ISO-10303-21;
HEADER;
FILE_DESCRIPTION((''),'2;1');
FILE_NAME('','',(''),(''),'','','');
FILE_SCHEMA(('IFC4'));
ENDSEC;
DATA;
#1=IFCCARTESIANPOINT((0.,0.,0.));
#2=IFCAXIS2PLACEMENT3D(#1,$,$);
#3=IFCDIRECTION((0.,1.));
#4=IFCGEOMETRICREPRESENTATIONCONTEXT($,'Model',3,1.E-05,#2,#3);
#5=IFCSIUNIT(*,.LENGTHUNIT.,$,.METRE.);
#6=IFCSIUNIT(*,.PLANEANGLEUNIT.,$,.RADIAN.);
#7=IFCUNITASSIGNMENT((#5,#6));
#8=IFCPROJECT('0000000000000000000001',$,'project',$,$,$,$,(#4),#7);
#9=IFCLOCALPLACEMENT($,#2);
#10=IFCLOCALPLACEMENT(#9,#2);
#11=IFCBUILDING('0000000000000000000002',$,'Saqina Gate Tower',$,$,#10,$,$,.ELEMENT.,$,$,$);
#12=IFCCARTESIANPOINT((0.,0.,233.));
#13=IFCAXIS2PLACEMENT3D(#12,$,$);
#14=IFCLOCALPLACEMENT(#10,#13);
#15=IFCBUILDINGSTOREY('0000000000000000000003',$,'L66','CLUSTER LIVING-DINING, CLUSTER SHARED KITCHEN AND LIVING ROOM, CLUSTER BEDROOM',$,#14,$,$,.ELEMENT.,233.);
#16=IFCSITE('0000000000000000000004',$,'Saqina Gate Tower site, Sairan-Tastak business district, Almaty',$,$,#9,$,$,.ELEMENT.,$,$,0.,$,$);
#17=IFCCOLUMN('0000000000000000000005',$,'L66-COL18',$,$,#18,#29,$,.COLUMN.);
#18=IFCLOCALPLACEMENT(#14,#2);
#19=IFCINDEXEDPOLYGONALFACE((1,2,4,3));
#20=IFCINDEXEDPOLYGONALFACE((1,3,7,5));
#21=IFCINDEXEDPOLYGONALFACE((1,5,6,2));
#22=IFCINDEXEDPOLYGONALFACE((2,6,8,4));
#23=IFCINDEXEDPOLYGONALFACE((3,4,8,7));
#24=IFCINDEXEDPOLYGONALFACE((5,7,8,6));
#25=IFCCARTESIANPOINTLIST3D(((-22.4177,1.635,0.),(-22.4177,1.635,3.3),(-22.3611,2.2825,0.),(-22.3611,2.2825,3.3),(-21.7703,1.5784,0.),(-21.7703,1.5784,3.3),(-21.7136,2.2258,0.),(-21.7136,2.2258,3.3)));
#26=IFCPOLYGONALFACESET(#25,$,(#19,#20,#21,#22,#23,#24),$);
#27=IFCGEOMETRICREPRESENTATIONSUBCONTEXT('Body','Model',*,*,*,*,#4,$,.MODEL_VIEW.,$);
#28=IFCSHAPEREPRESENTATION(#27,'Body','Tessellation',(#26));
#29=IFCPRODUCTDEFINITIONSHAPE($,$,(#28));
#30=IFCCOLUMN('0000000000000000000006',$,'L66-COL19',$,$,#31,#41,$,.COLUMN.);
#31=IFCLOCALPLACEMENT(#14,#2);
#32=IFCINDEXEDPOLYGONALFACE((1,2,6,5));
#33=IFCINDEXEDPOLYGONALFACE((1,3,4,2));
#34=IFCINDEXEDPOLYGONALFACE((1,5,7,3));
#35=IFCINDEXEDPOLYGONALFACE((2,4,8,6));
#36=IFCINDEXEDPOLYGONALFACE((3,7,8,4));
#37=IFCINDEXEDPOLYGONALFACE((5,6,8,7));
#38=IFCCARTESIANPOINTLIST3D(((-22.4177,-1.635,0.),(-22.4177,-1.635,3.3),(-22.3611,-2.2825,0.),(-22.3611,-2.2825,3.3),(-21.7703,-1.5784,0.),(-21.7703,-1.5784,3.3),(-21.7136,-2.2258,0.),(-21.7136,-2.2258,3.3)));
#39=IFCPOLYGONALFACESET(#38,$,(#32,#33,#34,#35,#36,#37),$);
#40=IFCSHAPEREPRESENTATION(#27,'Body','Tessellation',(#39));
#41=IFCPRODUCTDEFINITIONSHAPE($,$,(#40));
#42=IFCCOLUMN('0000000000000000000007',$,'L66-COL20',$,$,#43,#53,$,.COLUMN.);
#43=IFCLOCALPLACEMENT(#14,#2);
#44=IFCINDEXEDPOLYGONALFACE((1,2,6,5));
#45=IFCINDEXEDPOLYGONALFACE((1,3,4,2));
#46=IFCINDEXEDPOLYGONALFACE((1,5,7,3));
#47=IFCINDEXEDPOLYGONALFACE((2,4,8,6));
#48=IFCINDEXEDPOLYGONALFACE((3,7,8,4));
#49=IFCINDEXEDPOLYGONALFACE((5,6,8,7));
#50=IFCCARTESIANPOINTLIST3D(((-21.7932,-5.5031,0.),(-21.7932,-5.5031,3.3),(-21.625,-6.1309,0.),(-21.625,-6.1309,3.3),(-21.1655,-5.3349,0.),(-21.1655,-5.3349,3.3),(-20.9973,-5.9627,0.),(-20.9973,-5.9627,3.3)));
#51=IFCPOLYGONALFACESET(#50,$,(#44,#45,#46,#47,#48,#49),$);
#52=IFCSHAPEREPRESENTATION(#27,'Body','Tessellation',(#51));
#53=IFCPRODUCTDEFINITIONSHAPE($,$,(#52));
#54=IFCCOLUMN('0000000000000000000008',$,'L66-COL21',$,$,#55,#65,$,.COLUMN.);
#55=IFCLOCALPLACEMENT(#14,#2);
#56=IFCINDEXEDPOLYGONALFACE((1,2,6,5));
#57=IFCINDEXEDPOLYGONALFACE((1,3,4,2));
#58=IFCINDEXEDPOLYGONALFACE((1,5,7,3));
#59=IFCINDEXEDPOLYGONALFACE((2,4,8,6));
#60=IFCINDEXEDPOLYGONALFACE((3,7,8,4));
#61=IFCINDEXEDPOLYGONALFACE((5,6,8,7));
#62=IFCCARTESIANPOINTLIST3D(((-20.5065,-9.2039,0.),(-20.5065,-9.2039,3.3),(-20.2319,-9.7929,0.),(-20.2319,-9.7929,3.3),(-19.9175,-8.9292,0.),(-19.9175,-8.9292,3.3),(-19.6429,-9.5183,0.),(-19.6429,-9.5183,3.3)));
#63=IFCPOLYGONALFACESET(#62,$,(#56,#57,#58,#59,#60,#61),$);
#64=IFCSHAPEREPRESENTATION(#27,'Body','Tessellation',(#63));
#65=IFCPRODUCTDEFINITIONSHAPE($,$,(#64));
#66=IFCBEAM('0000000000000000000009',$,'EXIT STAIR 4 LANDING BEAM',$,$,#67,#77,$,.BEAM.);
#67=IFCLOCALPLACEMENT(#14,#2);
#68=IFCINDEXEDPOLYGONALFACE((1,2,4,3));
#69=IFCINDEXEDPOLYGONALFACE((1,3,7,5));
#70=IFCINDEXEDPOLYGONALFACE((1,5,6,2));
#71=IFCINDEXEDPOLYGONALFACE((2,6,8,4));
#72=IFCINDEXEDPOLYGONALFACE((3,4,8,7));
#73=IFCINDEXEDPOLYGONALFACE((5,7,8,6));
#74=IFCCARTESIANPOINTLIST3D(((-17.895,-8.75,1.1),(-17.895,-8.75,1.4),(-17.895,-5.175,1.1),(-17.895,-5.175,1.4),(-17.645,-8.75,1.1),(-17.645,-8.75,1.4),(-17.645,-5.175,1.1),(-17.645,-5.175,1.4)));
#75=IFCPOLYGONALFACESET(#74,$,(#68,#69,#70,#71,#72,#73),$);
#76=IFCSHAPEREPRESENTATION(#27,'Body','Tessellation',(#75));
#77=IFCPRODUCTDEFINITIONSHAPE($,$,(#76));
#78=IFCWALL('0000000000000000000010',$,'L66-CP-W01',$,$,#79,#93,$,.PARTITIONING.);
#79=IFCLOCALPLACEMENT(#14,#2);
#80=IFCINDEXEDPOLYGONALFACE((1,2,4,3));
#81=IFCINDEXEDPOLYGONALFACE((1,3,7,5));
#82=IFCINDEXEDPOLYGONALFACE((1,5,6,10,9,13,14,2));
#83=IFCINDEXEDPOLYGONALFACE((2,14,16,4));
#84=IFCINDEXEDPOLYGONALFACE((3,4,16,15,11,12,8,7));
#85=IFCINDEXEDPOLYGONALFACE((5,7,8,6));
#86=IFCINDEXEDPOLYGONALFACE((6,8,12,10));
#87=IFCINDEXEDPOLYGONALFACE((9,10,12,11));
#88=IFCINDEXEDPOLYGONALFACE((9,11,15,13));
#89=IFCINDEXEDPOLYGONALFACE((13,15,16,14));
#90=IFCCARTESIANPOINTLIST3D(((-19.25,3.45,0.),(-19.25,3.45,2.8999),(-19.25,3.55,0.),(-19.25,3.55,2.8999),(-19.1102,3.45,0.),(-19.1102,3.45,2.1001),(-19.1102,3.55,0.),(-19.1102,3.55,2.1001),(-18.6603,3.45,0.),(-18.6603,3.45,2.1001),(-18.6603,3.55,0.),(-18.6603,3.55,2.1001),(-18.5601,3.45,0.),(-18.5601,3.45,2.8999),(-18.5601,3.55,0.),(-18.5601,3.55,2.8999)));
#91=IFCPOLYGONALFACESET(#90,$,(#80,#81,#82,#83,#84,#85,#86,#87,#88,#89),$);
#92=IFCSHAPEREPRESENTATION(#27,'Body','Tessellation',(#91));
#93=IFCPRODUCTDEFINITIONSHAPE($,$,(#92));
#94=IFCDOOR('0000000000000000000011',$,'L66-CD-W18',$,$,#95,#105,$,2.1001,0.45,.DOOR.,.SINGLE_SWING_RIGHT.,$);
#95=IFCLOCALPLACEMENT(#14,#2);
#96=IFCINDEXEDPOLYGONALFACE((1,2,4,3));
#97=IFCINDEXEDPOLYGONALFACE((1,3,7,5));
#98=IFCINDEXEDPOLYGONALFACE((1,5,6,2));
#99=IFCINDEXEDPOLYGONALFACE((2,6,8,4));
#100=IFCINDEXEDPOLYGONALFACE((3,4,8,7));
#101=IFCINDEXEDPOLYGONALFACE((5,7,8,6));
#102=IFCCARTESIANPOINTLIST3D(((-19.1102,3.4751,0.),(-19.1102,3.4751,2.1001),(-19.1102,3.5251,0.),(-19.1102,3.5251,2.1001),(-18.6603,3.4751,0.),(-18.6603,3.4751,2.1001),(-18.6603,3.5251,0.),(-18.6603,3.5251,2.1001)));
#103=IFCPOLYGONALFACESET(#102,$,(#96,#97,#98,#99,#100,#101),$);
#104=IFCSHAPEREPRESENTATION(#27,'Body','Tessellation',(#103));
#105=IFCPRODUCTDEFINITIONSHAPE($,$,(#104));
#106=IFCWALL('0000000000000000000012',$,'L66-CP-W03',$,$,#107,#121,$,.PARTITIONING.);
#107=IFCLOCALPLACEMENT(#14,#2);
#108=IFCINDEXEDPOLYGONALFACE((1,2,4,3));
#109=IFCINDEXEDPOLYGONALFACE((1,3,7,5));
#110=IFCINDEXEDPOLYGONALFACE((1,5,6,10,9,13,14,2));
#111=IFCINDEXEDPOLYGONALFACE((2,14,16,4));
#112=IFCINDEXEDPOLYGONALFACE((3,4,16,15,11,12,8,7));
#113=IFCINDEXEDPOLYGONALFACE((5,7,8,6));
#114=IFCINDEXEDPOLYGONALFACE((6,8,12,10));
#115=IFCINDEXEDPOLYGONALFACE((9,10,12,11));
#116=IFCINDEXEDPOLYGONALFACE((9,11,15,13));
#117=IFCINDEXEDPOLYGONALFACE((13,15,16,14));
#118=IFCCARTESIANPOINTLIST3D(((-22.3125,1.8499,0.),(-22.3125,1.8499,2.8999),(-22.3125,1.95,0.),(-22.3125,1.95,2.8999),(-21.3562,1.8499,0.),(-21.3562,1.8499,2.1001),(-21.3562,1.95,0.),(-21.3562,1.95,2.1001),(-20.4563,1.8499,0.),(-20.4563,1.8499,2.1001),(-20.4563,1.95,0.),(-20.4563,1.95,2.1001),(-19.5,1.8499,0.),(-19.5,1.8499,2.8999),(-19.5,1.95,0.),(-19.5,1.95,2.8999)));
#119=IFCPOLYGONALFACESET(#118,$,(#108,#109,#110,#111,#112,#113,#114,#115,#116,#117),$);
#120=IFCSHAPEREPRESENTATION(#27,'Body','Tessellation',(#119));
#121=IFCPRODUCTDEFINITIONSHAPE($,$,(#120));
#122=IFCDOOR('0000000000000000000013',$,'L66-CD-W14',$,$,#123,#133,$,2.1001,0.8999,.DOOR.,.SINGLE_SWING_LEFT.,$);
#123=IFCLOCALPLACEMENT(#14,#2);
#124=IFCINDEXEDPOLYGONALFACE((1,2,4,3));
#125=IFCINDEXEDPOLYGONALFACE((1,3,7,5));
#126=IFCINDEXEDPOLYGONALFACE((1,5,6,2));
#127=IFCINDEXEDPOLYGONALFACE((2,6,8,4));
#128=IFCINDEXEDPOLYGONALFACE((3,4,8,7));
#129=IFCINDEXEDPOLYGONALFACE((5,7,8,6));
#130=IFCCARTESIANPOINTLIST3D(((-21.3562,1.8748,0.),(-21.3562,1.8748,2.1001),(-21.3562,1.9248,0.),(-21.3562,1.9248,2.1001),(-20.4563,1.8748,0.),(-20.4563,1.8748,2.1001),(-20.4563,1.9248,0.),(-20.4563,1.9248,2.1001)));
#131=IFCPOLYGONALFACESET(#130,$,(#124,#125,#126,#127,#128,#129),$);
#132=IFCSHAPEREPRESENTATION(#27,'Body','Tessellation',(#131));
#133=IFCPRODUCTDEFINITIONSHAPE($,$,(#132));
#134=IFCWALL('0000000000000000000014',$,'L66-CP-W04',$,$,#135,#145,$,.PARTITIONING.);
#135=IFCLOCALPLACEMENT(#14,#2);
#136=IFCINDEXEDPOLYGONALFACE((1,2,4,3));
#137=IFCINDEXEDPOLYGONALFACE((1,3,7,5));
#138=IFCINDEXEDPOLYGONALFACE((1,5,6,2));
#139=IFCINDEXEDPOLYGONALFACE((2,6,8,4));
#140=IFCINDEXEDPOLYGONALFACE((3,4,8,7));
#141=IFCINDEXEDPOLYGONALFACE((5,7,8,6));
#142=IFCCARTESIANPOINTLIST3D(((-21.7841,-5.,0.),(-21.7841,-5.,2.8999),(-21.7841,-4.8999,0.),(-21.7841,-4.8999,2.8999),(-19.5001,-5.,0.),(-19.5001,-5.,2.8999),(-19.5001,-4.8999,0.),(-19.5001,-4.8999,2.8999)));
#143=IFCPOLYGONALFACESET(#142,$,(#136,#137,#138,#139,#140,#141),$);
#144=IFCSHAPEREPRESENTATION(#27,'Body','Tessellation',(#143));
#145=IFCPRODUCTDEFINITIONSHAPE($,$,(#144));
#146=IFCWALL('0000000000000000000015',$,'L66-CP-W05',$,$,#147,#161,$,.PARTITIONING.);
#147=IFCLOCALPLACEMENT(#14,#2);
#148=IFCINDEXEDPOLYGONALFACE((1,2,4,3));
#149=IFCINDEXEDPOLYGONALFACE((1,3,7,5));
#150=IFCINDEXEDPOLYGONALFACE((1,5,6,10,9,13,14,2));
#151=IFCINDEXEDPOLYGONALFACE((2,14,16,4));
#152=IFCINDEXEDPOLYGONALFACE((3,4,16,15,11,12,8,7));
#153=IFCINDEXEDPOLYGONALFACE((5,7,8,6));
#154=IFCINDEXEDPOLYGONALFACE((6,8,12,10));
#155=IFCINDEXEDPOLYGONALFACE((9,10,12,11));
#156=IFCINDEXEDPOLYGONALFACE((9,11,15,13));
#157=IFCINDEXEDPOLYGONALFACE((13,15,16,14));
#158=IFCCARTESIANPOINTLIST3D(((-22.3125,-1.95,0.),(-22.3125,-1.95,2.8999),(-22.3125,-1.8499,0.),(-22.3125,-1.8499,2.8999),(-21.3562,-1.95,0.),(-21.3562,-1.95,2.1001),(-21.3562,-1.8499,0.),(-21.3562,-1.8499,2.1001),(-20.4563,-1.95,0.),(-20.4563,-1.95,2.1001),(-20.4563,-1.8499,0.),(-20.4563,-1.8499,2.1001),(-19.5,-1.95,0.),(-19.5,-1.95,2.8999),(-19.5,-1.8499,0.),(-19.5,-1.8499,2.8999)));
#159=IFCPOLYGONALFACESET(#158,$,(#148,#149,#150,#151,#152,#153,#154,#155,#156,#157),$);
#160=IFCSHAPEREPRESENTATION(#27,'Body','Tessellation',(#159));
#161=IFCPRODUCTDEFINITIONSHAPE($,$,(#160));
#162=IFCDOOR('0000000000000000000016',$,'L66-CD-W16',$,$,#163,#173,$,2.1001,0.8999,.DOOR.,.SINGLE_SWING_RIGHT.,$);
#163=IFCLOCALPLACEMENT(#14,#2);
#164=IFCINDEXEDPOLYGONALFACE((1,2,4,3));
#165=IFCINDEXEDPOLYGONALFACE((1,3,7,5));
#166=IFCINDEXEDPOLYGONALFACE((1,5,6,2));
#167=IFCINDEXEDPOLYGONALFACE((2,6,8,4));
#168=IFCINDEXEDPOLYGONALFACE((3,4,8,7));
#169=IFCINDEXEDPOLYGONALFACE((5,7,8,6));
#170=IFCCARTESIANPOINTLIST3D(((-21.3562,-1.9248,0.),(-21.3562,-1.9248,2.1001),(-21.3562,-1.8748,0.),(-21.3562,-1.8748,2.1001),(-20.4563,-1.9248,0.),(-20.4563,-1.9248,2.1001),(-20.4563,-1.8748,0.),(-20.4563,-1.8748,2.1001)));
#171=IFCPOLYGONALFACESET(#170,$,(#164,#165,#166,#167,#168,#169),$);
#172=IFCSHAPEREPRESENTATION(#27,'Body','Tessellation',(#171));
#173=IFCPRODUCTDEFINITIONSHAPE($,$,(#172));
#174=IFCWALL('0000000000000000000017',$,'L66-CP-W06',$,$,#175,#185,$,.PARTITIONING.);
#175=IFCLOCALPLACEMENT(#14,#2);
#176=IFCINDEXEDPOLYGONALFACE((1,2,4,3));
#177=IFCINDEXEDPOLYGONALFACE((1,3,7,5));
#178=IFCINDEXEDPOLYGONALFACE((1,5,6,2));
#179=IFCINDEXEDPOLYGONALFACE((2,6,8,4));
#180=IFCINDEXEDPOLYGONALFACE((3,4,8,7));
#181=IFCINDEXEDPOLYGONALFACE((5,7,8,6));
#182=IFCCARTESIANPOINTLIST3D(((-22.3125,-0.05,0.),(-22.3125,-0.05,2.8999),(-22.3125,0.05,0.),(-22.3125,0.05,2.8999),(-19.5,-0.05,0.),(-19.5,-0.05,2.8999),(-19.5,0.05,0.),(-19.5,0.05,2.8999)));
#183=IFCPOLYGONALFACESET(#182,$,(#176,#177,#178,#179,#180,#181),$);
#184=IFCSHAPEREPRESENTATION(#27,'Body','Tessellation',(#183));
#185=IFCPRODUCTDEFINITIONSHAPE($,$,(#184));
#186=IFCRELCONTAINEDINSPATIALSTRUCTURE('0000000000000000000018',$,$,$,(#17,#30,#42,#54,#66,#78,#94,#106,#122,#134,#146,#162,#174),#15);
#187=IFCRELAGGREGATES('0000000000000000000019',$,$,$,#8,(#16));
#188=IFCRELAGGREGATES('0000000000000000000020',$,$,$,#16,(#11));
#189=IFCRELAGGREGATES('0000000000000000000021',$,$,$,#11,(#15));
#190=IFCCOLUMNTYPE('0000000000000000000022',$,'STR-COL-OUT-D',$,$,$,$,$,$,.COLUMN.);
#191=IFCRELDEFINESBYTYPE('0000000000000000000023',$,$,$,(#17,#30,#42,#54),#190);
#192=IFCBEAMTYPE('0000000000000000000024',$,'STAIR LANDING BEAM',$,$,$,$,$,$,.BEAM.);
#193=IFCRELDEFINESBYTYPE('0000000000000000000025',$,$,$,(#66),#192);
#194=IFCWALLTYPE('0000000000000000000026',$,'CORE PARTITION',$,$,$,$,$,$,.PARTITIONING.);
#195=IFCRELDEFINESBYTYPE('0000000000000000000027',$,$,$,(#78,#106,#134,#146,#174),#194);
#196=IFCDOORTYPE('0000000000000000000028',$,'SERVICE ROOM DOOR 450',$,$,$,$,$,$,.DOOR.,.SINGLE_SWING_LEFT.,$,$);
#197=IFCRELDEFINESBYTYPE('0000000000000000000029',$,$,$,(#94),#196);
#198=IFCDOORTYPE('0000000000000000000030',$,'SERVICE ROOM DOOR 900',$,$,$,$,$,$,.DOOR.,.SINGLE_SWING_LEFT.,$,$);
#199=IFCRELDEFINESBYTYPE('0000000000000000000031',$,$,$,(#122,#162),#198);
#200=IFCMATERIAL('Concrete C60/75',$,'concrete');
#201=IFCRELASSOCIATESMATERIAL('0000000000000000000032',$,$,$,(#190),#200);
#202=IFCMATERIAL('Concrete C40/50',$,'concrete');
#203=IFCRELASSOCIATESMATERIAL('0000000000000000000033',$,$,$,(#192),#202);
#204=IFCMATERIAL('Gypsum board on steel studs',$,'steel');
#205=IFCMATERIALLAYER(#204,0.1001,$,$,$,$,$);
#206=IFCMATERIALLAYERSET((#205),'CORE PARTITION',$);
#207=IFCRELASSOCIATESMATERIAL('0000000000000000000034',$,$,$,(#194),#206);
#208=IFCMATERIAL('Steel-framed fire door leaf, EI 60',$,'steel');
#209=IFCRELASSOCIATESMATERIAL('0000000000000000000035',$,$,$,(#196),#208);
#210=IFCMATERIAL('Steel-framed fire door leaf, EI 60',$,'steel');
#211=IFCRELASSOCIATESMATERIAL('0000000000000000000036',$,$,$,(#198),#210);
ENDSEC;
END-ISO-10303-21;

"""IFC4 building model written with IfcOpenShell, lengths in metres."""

from ifc_helpers import new_model, si_unit, direction, frame, frame_2d, origin, origin_2d, place, context, subcontext, project, spatial, rectangle, extrude, material, layer, layer_set, material_profile, profile_set, type_object, element, fill, save


model = new_model("IFC4")

# Units and contexts
model_context = context("Model", 3, precision=1e-05, world=origin(), true_north=direction((0.0, 1.0)))
body_context = subcontext(model_context, "Body", "Model", "MODEL_VIEW")
ifc_project = project(units=[si_unit("LENGTHUNIT", "METRE"), si_unit("PLANEANGLEUNIT", "RADIAN")], contexts=[model_context])

# Site, building, storey
site_placement = place(None, origin())
site = spatial("IfcSite", under=ifc_project, at=site_placement, Name="Saqina Gate Tower site, Sairan-Tastak business district, Almaty", CompositionType="ELEMENT", RefElevation=0.0)
building_placement = place(site_placement, origin())
building = spatial("IfcBuilding", under=site, at=building_placement, Name="Saqina Gate Tower", CompositionType="ELEMENT")
storey_placement = place(building_placement, frame((0.0, 0.0, 233.0)))
storey = spatial("IfcBuildingStorey", under=building, at=storey_placement, Name="L66", Description="CLUSTER LIVING-DINING, CLUSTER SHARED KITCHEN AND LIVING ROOM, CLUSTER BEDROOM", CompositionType="ELEMENT", Elevation=233.0)

# Columns
ifc_material_1 = material(Name="Concrete C60/75", Category="concrete")
ifc_material_profile_1 = material_profile(ifc_material_1, rectangle(XDim=0.6499, YDim=0.6499, at=origin_2d()), Name="RC 650x650")
ifc_profile_set_1 = profile_set([ifc_material_profile_1], Name="Concrete C60/75")
column_type = type_object("IfcColumnType", Name="STR-COL-OUT-D", PredefinedType="COLUMN", material=ifc_profile_set_1)
for number, where, z_axis, x_axis, name in (
    (1, (-22.0657, 1.9304, 0.0), (0.0, 0.0, 1.0), (-0.996195, 0.087156, 0.0), "L66-COL18"),
    (2, (-22.0657, -1.9304, 0.0), (0.0, 0.0, 1.0), (-0.996195, -0.087156, 0.0), "L66-COL19"),
    (3, (-21.3953, -5.7329, 0.0), (0.0, 0.0, 1.0), (-0.965926, -0.258819, 0.0), "L66-COL20"),
    (4, (-20.0747, -9.3611, 0.0), (0.0, 0.0, 1.0), (-0.906308, -0.422618, 0.0), "L66-COL21"),
):
    element("IfcColumn", number, at=place(storey_placement, frame(where, z_axis=z_axis, x_axis=x_axis)), inside=storey, type_object=column_type, Name=name, PredefinedType="COLUMN", context=body_context, shape_type="SweptSolid", body=[
        extrude(rectangle(XDim=0.6499, YDim=0.6499, at=origin_2d()), origin(), (0.0, 0.0, 1.0), 3.3),
    ])

# Beam
ifc_material_2 = material(Name="Concrete C40/50", Category="concrete")
ifc_material_profile_2 = material_profile(ifc_material_2, rectangle(XDim=0.25, YDim=0.3, at=origin_2d()), Name="STAIR LANDING BEAM")
ifc_profile_set_2 = profile_set([ifc_material_profile_2], Name="Concrete C40/50")
beam_type = type_object("IfcBeamType", Name="STAIR LANDING BEAM", PredefinedType="BEAM", material=ifc_profile_set_2)
beam_placement = place(storey_placement, frame((-17.77, -8.75, 1.25), z_axis=(0.0, 1.0, 0.0), x_axis=(-1.0, 0.0, 0.0)))
element("IfcBeam", 5, at=beam_placement, inside=storey, type_object=beam_type, Name="EXIT STAIR 4 LANDING BEAM", PredefinedType="BEAM", context=body_context, shape_type="SweptSolid", body=[
    extrude(rectangle(XDim=0.25, YDim=0.3, at=origin_2d()), origin(), (0.0, 0.0, 1.0), 3.575),
])

# Walls, openings, doors
ifc_material_3 = material(Name="Gypsum board on steel studs", Category="steel")
ifc_layer_1 = layer(ifc_material_3, 0.1001)
ifc_layer_set_1 = layer_set([ifc_layer_1], Name="CORE PARTITION")
wall_type_1 = type_object("IfcWallType", Name="CORE PARTITION", PredefinedType="PARTITIONING", material=ifc_layer_set_1)
wall_1_placement = place(storey_placement, frame((-18.5601, 3.5, 0.0), z_axis=(0.0, 0.0, 1.0), x_axis=(-1.0, 0.0, 0.0)))
wall_1 = element("IfcWall", 6, at=wall_1_placement, inside=storey, type_object=wall_type_1, Name="L66-CP-W01", PredefinedType="PARTITIONING", context=body_context, shape_type="SweptSolid", body=[
    extrude(rectangle(XDim=0.6899, YDim=0.1001, at=frame_2d((0.345, 0.0))), origin(), (0.0, 0.0, 1.0), 2.8999),
])
opening_1_placement = place(wall_1_placement, frame((0.1001, 0.0, 0.0)))
opening_1 = element("IfcOpeningElement", 7, at=opening_1_placement, cuts=wall_1, PredefinedType="OPENING", context=body_context, shape_type="SweptSolid", body=[
    extrude(rectangle(XDim=0.45, YDim=2.1001, at=frame_2d((0.2251, 1.05))), frame((0.0, 0.062, 0.0), z_axis=(0.0, -1.0, 0.0), x_axis=(1.0, 0.0, 0.0)), (0.0, 0.0, 1.0), 0.124),
])
ifc_material_4 = material(Name="Steel-framed fire door leaf, EI 60", Category="steel")
door_type_1 = type_object("IfcDoorType", Name="SERVICE ROOM DOOR 450", OperationType="SINGLE_SWING_LEFT", PredefinedType="DOOR", material=ifc_material_4)
door_1_placement = place(opening_1_placement, origin())
door_1 = element("IfcDoor", 8, at=door_1_placement, inside=storey, type_object=door_type_1, Name="L66-CD-W18", OperationType="SINGLE_SWING_RIGHT", OverallHeight=2.1001, OverallWidth=0.45, PredefinedType="DOOR", context=body_context, shape_type="SweptSolid", body=[
    extrude(rectangle(XDim=0.45, YDim=2.1001, at=frame_2d((0.2251, 1.05))), frame((0.0, 0.0249, 0.0), z_axis=(0.0, -1.0, 0.0), x_axis=(1.0, 0.0, 0.0)), (0.0, 0.0, 1.0), 0.05),
])
fill(opening_1, door_1)
wall_2_placement = place(storey_placement, frame((-19.5, 1.8999, 0.0), z_axis=(0.0, 0.0, 1.0), x_axis=(-1.0, 0.0, 0.0)))
wall_2 = element("IfcWall", 9, at=wall_2_placement, inside=storey, type_object=wall_type_1, Name="L66-CP-W03", PredefinedType="PARTITIONING", context=body_context, shape_type="SweptSolid", body=[
    extrude(rectangle(XDim=2.8125, YDim=0.1001, at=frame_2d((1.4062, 0.0))), origin(), (0.0, 0.0, 1.0), 2.8999),
])
opening_2_placement = place(wall_2_placement, frame((0.9563, 0.0, 0.0)))
opening_2 = element("IfcOpeningElement", 10, at=opening_2_placement, cuts=wall_2, PredefinedType="OPENING", context=body_context, shape_type="SweptSolid", body=[
    extrude(rectangle(XDim=0.8999, YDim=2.1001, at=frame_2d((0.45, 1.05))), frame((0.0, 0.062, 0.0), z_axis=(0.0, -1.0, 0.0), x_axis=(1.0, 0.0, 0.0)), (0.0, 0.0, 1.0), 0.124),
])
ifc_material_5 = material(Name="Steel-framed fire door leaf, EI 60", Category="steel")
door_type_2 = type_object("IfcDoorType", Name="SERVICE ROOM DOOR 900", OperationType="SINGLE_SWING_LEFT", PredefinedType="DOOR", material=ifc_material_5)
door_2_placement = place(opening_2_placement, frame((0.8999, 0.0, 0.0), z_axis=(0.0, 0.0, 1.0), x_axis=(-1.0, 0.0, 0.0)))
door_2 = element("IfcDoor", 11, at=door_2_placement, inside=storey, type_object=door_type_2, Name="L66-CD-W14", OperationType="SINGLE_SWING_LEFT", OverallHeight=2.1001, OverallWidth=0.8999, PredefinedType="DOOR", context=body_context, shape_type="SweptSolid", body=[
    extrude(rectangle(XDim=0.8999, YDim=2.1001, at=frame_2d((0.45, 1.05))), frame((0.0, 0.0249, 0.0), z_axis=(0.0, -1.0, 0.0), x_axis=(1.0, 0.0, 0.0)), (0.0, 0.0, 1.0), 0.05),
])
fill(opening_2, door_2)

# Wall
wall_3_placement = place(storey_placement, frame((-19.5, -4.95, 0.0), z_axis=(0.0, 0.0, 1.0), x_axis=(-1.0, 0.0, 0.0)))
element("IfcWall", 12, at=wall_3_placement, inside=storey, type_object=wall_type_1, Name="L66-CP-W04", PredefinedType="PARTITIONING", context=body_context, shape_type="SweptSolid", body=[
    extrude(rectangle(XDim=2.2839, YDim=0.1001, at=frame_2d((1.1421, 0.0))), origin(), (0.0, 0.0, 1.0), 2.8999),
])

# Wall, opening, door
wall_4_placement = place(storey_placement, frame((-19.5, -1.8999, 0.0), z_axis=(0.0, 0.0, 1.0), x_axis=(-1.0, 0.0, 0.0)))
wall_4 = element("IfcWall", 13, at=wall_4_placement, inside=storey, type_object=wall_type_1, Name="L66-CP-W05", PredefinedType="PARTITIONING", context=body_context, shape_type="SweptSolid", body=[
    extrude(rectangle(XDim=2.8125, YDim=0.1001, at=frame_2d((1.4062, 0.0))), origin(), (0.0, 0.0, 1.0), 2.8999),
])
opening_3_placement = place(wall_4_placement, frame((0.9563, 0.0, 0.0)))
opening_3 = element("IfcOpeningElement", 14, at=opening_3_placement, cuts=wall_4, PredefinedType="OPENING", context=body_context, shape_type="SweptSolid", body=[
    extrude(rectangle(XDim=0.8999, YDim=2.1001, at=frame_2d((0.45, 1.05))), frame((0.0, 0.062, 0.0), z_axis=(0.0, -1.0, 0.0), x_axis=(1.0, 0.0, 0.0)), (0.0, 0.0, 1.0), 0.124),
])
door_3_placement = place(opening_3_placement, origin())
door_3 = element("IfcDoor", 15, at=door_3_placement, inside=storey, type_object=door_type_2, Name="L66-CD-W16", OperationType="SINGLE_SWING_RIGHT", OverallHeight=2.1001, OverallWidth=0.8999, PredefinedType="DOOR", context=body_context, shape_type="SweptSolid", body=[
    extrude(rectangle(XDim=0.8999, YDim=2.1001, at=frame_2d((0.45, 1.05))), frame((0.0, 0.0249, 0.0), z_axis=(0.0, -1.0, 0.0), x_axis=(1.0, 0.0, 0.0)), (0.0, 0.0, 1.0), 0.05),
])
fill(opening_3, door_3)

# Wall
wall_5_placement = place(storey_placement, frame((-19.5, 0.0, 0.0), z_axis=(0.0, 0.0, 1.0), x_axis=(-1.0, 0.0, 0.0)))
element("IfcWall", 16, at=wall_5_placement, inside=storey, type_object=wall_type_1, Name="L66-CP-W06", PredefinedType="PARTITIONING", context=body_context, shape_type="SweptSolid", body=[
    extrude(rectangle(XDim=2.8125, YDim=0.1001, at=frame_2d((1.4062, 0.0))), origin(), (0.0, 0.0, 1.0), 2.8999),
])

save(model, "model.ifc")
